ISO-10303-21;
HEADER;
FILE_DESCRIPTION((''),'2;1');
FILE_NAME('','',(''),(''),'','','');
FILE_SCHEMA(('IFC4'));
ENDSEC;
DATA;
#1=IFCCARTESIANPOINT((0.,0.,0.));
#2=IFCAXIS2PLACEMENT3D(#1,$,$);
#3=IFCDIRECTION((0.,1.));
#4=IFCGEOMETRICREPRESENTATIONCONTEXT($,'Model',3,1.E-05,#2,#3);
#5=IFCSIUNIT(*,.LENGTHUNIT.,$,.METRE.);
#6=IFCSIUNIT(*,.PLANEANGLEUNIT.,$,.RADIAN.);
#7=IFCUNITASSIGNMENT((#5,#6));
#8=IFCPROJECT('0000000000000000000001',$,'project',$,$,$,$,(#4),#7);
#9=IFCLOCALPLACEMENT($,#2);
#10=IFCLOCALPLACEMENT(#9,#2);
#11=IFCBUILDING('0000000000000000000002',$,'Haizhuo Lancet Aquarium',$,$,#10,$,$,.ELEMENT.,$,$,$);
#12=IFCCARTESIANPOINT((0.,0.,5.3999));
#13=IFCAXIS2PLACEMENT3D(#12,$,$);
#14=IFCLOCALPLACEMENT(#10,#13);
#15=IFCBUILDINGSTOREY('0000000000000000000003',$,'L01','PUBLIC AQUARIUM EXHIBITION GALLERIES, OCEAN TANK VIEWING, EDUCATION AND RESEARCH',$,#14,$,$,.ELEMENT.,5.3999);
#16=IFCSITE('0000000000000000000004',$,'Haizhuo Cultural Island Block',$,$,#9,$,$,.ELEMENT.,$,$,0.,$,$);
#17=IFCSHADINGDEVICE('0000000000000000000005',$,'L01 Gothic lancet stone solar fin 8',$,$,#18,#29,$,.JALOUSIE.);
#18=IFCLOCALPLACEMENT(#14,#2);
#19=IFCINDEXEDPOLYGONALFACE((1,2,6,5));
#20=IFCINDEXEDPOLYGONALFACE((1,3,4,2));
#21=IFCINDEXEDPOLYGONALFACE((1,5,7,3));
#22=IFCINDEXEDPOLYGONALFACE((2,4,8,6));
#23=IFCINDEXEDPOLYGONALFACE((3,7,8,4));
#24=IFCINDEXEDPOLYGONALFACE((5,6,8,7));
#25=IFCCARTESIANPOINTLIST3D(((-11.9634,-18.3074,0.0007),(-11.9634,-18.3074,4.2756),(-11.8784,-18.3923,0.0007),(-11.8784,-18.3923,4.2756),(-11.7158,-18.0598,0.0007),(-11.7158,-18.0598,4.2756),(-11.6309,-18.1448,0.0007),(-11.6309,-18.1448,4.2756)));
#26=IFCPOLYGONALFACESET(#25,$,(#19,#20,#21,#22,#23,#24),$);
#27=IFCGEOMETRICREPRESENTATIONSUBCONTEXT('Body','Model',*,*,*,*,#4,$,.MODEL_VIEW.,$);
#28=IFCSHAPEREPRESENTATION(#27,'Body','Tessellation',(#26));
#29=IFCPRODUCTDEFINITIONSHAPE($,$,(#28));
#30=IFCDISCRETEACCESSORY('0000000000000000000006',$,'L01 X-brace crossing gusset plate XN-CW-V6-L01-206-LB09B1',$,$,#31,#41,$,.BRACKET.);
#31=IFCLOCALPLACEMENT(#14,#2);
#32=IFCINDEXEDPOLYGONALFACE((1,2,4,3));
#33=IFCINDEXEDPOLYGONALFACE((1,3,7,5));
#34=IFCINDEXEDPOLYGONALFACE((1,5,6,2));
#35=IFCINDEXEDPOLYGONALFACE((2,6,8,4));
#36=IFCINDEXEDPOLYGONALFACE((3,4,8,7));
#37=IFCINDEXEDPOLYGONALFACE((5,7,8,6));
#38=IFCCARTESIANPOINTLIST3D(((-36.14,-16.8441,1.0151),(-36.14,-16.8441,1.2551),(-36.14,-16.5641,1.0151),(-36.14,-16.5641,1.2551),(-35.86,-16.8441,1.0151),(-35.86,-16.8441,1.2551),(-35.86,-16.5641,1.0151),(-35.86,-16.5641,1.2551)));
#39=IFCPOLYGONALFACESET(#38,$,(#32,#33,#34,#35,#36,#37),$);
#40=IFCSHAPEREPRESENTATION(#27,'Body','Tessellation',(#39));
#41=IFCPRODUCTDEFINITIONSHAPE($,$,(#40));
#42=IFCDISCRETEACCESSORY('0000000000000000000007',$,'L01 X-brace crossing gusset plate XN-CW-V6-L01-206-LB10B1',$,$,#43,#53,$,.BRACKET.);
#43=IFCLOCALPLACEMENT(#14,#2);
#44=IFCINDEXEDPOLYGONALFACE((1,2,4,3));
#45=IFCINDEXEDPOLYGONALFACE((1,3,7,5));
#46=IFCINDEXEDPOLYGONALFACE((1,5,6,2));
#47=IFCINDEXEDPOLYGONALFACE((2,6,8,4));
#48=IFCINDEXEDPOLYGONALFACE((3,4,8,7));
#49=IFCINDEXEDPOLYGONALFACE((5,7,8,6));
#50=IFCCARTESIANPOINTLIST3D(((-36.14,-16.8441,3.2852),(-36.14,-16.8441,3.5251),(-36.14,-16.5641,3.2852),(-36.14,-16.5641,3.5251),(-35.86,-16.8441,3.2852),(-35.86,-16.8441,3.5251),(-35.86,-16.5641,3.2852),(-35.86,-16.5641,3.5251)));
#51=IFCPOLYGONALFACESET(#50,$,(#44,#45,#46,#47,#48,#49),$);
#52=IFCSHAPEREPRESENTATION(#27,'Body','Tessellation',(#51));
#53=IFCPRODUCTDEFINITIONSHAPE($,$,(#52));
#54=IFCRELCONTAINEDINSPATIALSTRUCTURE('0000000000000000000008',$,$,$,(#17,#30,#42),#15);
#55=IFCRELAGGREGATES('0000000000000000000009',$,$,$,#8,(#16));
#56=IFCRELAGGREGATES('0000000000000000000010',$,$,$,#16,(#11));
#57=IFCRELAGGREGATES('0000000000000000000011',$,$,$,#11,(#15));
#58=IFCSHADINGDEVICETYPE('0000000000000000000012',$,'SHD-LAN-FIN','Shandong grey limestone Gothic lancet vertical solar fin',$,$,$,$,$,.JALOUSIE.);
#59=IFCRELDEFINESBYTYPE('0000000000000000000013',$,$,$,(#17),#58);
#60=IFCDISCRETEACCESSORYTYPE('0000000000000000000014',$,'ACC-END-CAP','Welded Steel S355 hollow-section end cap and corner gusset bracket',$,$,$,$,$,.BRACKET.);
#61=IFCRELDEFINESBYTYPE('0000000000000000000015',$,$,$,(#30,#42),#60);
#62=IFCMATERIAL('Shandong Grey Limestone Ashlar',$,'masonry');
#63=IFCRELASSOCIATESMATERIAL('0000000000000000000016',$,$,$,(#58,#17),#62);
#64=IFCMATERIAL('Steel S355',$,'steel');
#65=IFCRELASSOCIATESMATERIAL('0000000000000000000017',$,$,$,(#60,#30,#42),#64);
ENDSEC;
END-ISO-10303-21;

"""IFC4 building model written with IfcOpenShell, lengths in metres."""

from ifc_helpers import new_model, si_unit, direction, frame, origin, origin_2d, place, context, subcontext, project, spatial, rectangle, extrude, material, type_object, element, save


model = new_model("IFC4")

# Units and contexts
model_context = context("Model", 3, precision=1e-05, world=origin(), true_north=direction((0.0, 1.0)))
body_context = subcontext(model_context, "Body", "Model", "MODEL_VIEW")
ifc_project = project(units=[si_unit("LENGTHUNIT", "METRE"), si_unit("PLANEANGLEUNIT", "RADIAN")], contexts=[model_context])

# Site, building, storey
site_placement = place(None, origin())
site = spatial("IfcSite", under=ifc_project, at=site_placement, Name="Haizhuo Cultural Island Block", CompositionType="ELEMENT", RefElevation=0.0)
building_placement = place(site_placement, origin())
building = spatial("IfcBuilding", under=site, at=building_placement, Name="Haizhuo Lancet Aquarium", CompositionType="ELEMENT")
storey_placement = place(building_placement, frame((0.0, 0.0, 5.3999)))
storey = spatial("IfcBuildingStorey", under=building, at=storey_placement, Name="L01", Description="PUBLIC AQUARIUM EXHIBITION GALLERIES, OCEAN TANK VIEWING, EDUCATION AND RESEARCH", CompositionType="ELEMENT", Elevation=5.3999)

# Shared definitions
ifc_material_1 = material(Name="Steel S355", Category="steel")

# Shared definitions
ifc_material_2 = material(Name="Shandong Grey Limestone Ashlar", Category="masonry")

# Shading device
shading_device_type = type_object("IfcShadingDeviceType", Name="SHD-LAN-FIN", Description="Shandong grey limestone Gothic lancet vertical solar fin", PredefinedType="JALOUSIE", material=ifc_material_2)
shading_device_placement = place(storey_placement, frame((-11.7971, -18.2261, 0.0007), z_axis=(0.0, 0.0, 1.0), x_axis=(-0.707107, 0.707107, 0.0)))
element("IfcShadingDevice", 1, at=shading_device_placement, inside=storey, type_object=shading_device_type, material=ifc_material_2, Name="L01 Gothic lancet stone solar fin 8", PredefinedType="JALOUSIE", context=body_context, shape_type="SweptSolid", body=[
    extrude(rectangle(XDim=0.1201, YDim=0.3501, at=origin_2d()), origin(), (0.0, 0.0, 1.0), 4.2749),
])

# Discrete accessories
discrete_accessory_type = type_object("IfcDiscreteAccessoryType", Name="ACC-END-CAP", Description="Welded Steel S355 hollow-section end cap and corner gusset bracket", PredefinedType="BRACKET", material=ifc_material_1)
for number, where, z_axis, x_axis, name in (
    (2, (-36.0, -16.7041, 1.0151), (0.0, 0.0, 1.0), (1.0, 0.0, 0.0), "L01 X-brace crossing gusset plate XN-CW-V6-L01-206-LB09B1"),
    (3, (-36.0, -16.7041, 3.2852), (0.0, 0.0, 1.0), (1.0, 0.0, 0.0), "L01 X-brace crossing gusset plate XN-CW-V6-L01-206-LB10B1"),
):
    element("IfcDiscreteAccessory", number, at=place(storey_placement, frame(where, z_axis=z_axis, x_axis=x_axis)), inside=storey, type_object=discrete_accessory_type, material=ifc_material_1, Name=name, PredefinedType="BRACKET", context=body_context, shape_type="SweptSolid", body=[
        extrude(rectangle(XDim=0.28, YDim=0.28, at=origin_2d()), origin(), (0.0, 0.0, 1.0), 0.24),
    ])

save(model, "model.ifc")
